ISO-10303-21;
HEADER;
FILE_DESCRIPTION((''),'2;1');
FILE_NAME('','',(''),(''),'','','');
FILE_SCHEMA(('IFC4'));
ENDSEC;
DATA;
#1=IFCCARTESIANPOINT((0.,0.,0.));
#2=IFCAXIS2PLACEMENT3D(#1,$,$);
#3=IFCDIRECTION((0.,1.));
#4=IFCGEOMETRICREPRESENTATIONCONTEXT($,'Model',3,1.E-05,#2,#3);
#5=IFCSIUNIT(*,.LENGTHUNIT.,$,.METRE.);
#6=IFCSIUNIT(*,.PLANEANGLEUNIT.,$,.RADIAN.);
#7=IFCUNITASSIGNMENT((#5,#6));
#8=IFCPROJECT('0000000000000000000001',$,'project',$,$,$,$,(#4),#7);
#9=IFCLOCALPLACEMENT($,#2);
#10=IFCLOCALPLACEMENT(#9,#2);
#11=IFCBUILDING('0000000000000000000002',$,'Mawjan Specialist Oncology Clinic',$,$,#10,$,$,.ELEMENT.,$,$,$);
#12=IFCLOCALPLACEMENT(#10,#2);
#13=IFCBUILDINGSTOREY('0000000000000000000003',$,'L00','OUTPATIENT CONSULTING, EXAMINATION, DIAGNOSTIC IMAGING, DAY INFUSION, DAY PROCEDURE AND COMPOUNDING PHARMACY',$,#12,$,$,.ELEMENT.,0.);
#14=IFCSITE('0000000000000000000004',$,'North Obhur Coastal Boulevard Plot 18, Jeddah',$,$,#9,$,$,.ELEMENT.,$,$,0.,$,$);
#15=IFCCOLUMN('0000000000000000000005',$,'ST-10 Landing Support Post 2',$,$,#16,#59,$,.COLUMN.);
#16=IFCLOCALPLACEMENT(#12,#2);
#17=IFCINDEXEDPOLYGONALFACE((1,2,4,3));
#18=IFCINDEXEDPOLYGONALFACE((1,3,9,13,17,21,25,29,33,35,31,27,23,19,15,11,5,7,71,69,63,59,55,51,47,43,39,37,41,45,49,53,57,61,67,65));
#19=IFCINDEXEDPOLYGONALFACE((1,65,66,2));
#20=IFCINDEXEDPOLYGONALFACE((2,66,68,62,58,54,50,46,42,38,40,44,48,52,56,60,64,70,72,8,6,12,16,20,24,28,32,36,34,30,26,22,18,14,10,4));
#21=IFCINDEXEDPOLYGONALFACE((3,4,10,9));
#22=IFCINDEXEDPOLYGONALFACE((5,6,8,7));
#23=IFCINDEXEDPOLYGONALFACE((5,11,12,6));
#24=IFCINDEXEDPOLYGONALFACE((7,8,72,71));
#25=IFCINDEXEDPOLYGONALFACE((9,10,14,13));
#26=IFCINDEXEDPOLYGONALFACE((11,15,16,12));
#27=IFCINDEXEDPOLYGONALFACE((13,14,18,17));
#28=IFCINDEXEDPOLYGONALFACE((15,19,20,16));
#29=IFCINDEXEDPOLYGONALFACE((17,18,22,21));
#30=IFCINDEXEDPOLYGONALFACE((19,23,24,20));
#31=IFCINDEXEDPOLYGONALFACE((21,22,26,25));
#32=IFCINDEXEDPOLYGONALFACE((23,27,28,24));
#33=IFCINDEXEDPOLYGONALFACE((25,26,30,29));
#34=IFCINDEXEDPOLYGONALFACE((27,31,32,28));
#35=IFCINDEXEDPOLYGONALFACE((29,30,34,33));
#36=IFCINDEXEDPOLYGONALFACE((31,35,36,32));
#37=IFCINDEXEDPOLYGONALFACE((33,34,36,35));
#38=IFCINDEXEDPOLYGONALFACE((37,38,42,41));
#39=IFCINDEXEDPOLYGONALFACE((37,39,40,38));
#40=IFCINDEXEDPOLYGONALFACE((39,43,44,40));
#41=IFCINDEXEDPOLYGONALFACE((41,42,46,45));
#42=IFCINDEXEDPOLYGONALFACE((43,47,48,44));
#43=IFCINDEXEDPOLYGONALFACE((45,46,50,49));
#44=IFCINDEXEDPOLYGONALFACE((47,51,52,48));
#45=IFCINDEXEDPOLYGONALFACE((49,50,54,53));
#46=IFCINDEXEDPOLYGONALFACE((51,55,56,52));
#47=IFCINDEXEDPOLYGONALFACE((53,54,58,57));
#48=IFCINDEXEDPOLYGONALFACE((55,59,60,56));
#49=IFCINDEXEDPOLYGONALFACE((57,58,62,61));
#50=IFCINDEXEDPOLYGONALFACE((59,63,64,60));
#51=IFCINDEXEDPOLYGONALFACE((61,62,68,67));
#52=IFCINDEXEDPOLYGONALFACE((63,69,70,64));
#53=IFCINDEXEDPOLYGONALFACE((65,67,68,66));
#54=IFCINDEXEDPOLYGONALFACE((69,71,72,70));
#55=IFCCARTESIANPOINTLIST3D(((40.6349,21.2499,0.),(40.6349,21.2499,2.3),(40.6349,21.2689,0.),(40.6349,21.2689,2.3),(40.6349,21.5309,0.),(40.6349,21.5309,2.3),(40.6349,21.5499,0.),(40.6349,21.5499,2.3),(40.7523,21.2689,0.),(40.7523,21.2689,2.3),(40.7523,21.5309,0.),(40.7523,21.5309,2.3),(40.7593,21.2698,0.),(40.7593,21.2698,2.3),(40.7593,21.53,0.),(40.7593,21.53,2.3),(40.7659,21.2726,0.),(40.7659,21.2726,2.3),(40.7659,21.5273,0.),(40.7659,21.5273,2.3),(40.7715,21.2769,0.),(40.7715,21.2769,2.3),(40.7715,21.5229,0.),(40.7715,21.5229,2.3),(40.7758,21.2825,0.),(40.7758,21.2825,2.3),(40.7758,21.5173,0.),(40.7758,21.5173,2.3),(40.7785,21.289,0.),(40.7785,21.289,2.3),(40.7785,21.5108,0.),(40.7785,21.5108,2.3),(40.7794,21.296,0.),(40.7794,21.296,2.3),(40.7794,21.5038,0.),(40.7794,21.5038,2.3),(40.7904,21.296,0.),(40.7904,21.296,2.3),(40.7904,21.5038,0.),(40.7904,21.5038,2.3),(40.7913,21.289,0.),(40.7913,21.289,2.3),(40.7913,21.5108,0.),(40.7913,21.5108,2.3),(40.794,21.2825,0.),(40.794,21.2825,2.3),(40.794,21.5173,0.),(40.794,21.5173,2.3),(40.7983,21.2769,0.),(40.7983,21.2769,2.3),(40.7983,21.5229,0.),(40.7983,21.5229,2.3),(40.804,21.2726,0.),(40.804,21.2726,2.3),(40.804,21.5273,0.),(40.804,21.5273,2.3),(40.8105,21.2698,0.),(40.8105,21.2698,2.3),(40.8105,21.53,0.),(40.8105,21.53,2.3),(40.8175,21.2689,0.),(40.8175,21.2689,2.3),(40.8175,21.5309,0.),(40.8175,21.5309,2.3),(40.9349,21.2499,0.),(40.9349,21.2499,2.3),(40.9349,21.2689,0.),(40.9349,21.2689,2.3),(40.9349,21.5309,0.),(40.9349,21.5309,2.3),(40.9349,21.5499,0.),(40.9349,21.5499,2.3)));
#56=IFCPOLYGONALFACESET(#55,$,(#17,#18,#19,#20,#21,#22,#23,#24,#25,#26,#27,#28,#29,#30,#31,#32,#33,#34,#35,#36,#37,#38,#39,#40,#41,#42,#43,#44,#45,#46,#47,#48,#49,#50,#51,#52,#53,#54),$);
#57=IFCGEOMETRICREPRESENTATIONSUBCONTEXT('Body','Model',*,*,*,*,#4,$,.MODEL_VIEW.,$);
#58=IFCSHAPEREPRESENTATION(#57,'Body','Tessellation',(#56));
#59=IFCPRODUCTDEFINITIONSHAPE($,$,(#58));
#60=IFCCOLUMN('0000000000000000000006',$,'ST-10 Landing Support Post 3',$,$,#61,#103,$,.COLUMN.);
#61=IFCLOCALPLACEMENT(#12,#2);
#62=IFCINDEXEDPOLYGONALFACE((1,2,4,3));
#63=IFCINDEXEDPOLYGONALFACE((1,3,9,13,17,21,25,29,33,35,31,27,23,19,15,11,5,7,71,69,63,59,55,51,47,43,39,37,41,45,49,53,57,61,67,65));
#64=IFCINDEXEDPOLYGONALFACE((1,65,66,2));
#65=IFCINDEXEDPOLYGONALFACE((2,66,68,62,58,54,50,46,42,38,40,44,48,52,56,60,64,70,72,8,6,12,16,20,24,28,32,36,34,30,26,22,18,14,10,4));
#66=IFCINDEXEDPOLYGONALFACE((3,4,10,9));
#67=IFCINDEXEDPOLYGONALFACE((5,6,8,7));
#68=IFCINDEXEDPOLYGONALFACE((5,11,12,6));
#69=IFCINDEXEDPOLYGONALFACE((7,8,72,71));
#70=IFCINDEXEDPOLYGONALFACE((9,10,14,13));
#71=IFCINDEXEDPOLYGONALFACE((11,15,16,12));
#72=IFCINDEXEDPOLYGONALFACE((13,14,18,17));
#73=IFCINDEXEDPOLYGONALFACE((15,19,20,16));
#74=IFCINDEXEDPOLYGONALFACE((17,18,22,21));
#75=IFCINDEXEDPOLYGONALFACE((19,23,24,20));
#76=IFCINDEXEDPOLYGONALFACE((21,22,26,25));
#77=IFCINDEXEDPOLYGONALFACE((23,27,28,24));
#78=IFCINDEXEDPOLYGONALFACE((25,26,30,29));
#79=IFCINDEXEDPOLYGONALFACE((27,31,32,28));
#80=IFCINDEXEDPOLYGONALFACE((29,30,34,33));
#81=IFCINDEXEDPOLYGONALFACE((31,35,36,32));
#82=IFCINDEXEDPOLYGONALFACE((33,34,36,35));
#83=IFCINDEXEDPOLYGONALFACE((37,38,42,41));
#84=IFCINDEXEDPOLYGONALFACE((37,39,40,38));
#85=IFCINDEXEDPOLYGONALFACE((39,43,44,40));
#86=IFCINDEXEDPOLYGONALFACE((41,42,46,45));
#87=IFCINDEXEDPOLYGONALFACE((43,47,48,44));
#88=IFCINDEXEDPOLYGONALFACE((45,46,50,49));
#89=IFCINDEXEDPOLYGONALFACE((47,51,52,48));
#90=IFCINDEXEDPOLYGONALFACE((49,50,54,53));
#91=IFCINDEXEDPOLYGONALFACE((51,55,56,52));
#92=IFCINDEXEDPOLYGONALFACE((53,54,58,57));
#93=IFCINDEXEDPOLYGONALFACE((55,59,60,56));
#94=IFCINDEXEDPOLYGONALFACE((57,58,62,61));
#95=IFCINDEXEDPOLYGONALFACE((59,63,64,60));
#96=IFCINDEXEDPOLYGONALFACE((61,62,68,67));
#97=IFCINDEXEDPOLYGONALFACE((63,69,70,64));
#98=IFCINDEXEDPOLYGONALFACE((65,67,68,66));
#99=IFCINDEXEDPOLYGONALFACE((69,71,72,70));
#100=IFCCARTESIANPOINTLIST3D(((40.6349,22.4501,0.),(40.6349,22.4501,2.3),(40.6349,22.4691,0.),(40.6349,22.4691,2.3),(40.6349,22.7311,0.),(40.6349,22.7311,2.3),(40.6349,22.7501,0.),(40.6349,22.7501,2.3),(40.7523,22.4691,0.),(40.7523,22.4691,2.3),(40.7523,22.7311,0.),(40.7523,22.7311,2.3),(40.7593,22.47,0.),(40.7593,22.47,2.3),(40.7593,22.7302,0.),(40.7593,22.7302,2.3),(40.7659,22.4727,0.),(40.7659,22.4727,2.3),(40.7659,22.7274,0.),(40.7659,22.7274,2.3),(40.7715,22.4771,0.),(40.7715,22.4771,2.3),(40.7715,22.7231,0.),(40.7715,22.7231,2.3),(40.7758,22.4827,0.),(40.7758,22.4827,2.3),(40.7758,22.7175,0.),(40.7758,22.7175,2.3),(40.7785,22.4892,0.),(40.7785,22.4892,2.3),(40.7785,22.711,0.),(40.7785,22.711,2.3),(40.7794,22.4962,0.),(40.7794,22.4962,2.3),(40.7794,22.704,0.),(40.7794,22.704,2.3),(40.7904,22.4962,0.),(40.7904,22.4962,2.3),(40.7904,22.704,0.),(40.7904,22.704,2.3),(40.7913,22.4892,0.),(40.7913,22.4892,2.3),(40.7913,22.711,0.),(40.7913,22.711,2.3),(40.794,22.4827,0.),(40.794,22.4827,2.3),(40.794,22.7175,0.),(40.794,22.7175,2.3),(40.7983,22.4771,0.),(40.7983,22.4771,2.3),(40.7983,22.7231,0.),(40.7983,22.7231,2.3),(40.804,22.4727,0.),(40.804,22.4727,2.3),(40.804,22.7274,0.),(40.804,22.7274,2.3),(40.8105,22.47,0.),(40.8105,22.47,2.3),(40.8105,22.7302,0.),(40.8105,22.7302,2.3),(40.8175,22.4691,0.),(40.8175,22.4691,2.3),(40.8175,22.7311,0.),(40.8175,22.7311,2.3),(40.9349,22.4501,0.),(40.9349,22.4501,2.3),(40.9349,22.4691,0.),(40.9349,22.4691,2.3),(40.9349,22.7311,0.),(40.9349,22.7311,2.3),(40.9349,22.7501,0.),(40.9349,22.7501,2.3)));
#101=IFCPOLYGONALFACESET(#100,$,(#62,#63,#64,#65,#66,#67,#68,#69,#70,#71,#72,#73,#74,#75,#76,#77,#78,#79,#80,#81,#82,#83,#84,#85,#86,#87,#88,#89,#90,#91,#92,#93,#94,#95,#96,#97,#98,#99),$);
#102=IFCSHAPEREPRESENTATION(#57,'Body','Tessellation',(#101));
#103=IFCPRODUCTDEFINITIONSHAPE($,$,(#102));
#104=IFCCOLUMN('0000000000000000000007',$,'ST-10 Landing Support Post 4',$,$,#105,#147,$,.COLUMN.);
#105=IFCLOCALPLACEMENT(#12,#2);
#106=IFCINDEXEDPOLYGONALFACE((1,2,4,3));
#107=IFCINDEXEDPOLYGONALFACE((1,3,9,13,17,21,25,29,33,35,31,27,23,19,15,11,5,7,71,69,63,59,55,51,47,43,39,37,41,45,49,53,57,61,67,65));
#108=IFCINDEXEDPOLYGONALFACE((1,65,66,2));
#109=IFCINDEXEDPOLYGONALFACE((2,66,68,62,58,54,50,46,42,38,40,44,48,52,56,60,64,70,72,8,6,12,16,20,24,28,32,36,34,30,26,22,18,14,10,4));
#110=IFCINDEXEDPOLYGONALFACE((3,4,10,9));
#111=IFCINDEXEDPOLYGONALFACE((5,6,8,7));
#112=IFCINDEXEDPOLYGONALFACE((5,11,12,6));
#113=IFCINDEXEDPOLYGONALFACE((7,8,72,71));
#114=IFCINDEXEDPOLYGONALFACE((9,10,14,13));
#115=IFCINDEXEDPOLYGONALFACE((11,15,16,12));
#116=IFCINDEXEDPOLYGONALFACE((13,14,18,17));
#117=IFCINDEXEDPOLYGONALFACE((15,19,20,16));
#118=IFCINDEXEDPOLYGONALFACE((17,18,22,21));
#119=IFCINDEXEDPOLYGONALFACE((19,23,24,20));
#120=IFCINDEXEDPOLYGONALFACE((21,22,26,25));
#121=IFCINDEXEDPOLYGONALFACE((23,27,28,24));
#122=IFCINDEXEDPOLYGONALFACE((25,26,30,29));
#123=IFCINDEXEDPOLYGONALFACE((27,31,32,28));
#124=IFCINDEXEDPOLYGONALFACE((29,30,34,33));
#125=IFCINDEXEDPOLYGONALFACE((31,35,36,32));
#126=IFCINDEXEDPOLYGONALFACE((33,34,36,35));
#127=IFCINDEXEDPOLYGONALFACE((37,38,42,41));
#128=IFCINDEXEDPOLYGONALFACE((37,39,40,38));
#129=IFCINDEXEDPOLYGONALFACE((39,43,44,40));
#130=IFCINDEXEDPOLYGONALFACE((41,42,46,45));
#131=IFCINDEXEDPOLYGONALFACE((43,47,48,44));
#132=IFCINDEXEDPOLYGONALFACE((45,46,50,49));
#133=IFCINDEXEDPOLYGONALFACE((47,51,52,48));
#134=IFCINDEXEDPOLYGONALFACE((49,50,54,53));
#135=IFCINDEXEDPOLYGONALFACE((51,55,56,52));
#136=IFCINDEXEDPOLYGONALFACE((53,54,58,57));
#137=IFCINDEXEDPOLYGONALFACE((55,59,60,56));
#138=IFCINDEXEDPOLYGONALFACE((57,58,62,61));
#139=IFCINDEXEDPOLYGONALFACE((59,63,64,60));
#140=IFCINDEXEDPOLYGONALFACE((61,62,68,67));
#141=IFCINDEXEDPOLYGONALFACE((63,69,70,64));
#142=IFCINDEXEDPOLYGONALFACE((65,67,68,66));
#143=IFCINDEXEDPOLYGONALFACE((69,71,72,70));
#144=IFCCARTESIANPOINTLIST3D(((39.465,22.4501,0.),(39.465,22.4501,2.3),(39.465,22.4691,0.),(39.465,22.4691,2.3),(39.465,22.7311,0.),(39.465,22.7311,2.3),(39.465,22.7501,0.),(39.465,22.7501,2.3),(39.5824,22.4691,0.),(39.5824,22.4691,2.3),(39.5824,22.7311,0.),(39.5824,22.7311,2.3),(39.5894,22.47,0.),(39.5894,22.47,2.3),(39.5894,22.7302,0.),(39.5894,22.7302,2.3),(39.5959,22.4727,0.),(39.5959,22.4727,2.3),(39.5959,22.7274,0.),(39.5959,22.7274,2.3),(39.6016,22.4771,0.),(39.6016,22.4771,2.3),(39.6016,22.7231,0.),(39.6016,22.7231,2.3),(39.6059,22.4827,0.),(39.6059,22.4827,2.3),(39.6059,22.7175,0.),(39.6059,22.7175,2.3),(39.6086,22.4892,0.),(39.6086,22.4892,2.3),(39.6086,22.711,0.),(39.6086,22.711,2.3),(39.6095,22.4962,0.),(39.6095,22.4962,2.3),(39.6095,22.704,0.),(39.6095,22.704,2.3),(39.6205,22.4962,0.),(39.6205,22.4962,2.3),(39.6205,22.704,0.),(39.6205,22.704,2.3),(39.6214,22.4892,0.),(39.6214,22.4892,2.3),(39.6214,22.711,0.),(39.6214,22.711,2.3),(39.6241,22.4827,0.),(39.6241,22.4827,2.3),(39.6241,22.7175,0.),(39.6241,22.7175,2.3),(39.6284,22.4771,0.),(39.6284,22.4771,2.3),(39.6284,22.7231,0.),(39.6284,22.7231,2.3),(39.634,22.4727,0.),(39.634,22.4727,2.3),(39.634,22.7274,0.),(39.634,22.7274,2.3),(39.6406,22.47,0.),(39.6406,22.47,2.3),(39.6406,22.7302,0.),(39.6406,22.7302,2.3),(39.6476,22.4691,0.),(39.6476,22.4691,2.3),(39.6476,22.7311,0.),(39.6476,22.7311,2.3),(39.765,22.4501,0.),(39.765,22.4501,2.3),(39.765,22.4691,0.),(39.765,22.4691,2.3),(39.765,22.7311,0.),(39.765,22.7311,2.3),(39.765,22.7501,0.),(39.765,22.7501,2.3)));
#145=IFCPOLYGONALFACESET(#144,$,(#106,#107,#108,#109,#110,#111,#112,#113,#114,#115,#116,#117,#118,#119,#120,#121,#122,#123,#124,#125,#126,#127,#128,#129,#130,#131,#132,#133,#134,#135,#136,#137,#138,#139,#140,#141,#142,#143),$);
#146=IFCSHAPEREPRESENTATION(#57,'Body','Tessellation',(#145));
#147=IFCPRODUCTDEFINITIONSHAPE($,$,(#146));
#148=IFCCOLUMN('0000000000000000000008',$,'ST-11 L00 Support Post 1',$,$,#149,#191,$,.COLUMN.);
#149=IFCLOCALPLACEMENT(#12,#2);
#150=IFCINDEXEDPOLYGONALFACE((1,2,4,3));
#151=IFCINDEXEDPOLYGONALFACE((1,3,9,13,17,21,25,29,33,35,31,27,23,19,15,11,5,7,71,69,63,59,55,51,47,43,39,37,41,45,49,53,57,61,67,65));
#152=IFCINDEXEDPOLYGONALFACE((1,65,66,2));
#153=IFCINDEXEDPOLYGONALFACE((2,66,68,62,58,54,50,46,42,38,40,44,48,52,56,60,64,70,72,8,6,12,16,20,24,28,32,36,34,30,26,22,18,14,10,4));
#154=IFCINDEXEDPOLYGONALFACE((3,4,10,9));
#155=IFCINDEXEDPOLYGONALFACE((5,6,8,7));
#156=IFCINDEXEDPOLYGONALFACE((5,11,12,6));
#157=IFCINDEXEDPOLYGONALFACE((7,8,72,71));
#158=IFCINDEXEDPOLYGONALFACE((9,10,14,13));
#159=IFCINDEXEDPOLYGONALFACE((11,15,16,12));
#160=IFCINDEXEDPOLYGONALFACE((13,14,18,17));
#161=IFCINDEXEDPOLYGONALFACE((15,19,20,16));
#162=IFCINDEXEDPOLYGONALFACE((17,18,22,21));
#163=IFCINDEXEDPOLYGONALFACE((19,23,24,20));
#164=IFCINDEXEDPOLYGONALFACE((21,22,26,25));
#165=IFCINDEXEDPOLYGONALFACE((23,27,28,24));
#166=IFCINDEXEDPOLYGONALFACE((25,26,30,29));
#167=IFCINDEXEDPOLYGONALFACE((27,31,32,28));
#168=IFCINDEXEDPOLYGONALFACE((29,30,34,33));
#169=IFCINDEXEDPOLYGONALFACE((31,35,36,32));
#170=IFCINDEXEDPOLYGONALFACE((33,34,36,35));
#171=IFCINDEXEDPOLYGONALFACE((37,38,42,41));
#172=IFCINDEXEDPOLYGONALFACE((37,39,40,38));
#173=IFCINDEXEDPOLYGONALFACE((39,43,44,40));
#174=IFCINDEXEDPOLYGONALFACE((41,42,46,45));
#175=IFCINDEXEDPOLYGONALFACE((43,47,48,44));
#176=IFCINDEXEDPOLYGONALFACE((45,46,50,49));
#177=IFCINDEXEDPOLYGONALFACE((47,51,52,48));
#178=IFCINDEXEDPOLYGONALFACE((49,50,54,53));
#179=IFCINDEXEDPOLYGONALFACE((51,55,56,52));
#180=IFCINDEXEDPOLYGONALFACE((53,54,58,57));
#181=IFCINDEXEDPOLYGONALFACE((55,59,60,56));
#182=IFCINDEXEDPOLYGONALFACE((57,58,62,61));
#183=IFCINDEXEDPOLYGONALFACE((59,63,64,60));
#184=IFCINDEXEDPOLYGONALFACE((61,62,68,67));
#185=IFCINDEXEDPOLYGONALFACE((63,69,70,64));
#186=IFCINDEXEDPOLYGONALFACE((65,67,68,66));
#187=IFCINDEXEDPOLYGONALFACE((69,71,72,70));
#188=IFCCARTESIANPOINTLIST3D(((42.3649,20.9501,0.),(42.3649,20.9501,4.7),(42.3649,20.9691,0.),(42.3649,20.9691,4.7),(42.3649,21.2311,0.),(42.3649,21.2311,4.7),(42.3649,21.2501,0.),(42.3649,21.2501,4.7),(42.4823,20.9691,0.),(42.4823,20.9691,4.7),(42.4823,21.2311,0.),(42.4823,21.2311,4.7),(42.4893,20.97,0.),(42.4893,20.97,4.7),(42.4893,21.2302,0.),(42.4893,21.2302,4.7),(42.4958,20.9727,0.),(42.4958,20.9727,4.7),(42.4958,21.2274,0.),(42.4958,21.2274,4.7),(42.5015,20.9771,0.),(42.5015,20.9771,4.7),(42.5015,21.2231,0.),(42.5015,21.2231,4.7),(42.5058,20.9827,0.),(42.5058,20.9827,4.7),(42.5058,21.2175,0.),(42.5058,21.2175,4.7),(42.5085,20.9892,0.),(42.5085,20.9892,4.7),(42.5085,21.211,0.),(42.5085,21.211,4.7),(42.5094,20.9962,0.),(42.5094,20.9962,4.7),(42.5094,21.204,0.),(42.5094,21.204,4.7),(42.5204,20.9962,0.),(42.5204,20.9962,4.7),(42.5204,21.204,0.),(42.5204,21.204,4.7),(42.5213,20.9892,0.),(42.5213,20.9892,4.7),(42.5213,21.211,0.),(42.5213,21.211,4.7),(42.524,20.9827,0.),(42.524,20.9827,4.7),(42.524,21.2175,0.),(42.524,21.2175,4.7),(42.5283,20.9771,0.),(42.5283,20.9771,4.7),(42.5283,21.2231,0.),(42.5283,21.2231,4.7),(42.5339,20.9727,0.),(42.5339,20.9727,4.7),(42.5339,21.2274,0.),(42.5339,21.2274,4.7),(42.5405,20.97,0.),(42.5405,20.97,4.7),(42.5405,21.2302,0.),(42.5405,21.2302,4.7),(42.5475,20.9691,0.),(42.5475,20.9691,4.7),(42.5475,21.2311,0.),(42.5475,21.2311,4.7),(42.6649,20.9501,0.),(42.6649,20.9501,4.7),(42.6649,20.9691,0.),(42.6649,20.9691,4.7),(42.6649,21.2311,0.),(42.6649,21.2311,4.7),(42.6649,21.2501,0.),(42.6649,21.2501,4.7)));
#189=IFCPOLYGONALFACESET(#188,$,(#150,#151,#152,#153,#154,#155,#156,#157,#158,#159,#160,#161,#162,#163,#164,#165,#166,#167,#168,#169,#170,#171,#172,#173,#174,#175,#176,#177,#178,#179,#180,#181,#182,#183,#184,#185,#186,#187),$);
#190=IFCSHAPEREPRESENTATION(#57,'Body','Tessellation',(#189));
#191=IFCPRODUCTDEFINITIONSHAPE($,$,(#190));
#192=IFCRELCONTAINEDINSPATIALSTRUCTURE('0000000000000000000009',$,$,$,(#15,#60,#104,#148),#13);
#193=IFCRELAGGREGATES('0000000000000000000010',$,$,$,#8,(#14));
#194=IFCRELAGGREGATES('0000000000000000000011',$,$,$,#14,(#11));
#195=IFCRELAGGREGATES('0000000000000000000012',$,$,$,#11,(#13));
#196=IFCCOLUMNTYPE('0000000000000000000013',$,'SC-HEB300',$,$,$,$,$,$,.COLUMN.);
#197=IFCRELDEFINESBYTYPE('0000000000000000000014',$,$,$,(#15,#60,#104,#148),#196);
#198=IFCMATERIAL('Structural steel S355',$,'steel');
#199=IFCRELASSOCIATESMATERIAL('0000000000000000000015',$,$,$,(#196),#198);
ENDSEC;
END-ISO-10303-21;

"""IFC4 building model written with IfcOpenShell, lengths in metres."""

from ifc_helpers import new_model, si_unit, direction, frame, origin, origin_2d, place, context, subcontext, project, spatial, i_section, extrude, material, material_profile, profile_set, type_object, element, save


model = new_model("IFC4")

# Units and contexts
model_context = context("Model", 3, precision=1e-05, world=origin(), true_north=direction((0.0, 1.0)))
body_context = subcontext(model_context, "Body", "Model", "MODEL_VIEW")
ifc_project = project(units=[si_unit("LENGTHUNIT", "METRE"), si_unit("PLANEANGLEUNIT", "RADIAN")], contexts=[model_context])

# Site, building, storey
site_placement = place(None, origin())
site = spatial("IfcSite", under=ifc_project, at=site_placement, Name="North Obhur Coastal Boulevard Plot 18, Jeddah", CompositionType="ELEMENT", RefElevation=0.0)
building_placement = place(site_placement, origin())
building = spatial("IfcBuilding", under=site, at=building_placement, Name="Mawjan Specialist Oncology Clinic", CompositionType="ELEMENT")
storey_placement = place(building_placement, origin())
storey = spatial("IfcBuildingStorey", under=building, at=storey_placement, Name="L00", Description="OUTPATIENT CONSULTING, EXAMINATION, DIAGNOSTIC IMAGING, DAY INFUSION, DAY PROCEDURE AND COMPOUNDING PHARMACY", CompositionType="ELEMENT", Elevation=0.0)

# Columns
ifc_material_1 = material(Name="Structural steel S355", Category="steel")
ifc_material_profile_1 = material_profile(ifc_material_1, i_section(OverallWidth=0.3, OverallDepth=0.3, WebThickness=0.011, FlangeThickness=0.019, FilletRadius=0.0271, at=origin_2d()), Name="HEB 300", Category="steel")
ifc_profile_set_1 = profile_set([ifc_material_profile_1], Name="Structural steel S355")
column_type = type_object("IfcColumnType", Name="SC-HEB300", PredefinedType="COLUMN", material=ifc_profile_set_1)
for number, where, z_axis, x_axis, name in (
    (1, (40.7849, 21.3999, 0.0), (0.0, 0.0, 1.0), (1.0, 0.0, 0.0), "ST-10 Landing Support Post 2"),
    (2, (40.7849, 22.6001, 0.0), (0.0, 0.0, 1.0), (1.0, 0.0, 0.0), "ST-10 Landing Support Post 3"),
    (3, (39.615, 22.6001, 0.0), (0.0, 0.0, 1.0), (1.0, 0.0, 0.0), "ST-10 Landing Support Post 4"),
):
    element("IfcColumn", number, at=place(storey_placement, frame(where, z_axis=z_axis, x_axis=x_axis)), inside=storey, type_object=column_type, Name=name, PredefinedType="COLUMN", context=body_context, shape_type="SweptSolid", body=[
        extrude(i_section(OverallWidth=0.3, OverallDepth=0.3, WebThickness=0.011, FlangeThickness=0.019, FilletRadius=0.0271, at=origin_2d()), origin(), (0.0, 0.0, 1.0), 2.3),
    ])
for number, where, z_axis, x_axis, name in (
    (4, (42.5149, 21.1001, 0.0), (0.0, 0.0, 1.0), (1.0, 0.0, 0.0), "ST-11 L00 Support Post 1"),
):
    element("IfcColumn", number, at=place(storey_placement, frame(where, z_axis=z_axis, x_axis=x_axis)), inside=storey, type_object=column_type, Name=name, PredefinedType="COLUMN", context=body_context, shape_type="SweptSolid", body=[
        extrude(i_section(OverallWidth=0.3, OverallDepth=0.3, WebThickness=0.011, FlangeThickness=0.019, FilletRadius=0.0271, at=origin_2d()), origin(), (0.0, 0.0, 1.0), 4.7),
    ])

save(model, "model.ifc")
